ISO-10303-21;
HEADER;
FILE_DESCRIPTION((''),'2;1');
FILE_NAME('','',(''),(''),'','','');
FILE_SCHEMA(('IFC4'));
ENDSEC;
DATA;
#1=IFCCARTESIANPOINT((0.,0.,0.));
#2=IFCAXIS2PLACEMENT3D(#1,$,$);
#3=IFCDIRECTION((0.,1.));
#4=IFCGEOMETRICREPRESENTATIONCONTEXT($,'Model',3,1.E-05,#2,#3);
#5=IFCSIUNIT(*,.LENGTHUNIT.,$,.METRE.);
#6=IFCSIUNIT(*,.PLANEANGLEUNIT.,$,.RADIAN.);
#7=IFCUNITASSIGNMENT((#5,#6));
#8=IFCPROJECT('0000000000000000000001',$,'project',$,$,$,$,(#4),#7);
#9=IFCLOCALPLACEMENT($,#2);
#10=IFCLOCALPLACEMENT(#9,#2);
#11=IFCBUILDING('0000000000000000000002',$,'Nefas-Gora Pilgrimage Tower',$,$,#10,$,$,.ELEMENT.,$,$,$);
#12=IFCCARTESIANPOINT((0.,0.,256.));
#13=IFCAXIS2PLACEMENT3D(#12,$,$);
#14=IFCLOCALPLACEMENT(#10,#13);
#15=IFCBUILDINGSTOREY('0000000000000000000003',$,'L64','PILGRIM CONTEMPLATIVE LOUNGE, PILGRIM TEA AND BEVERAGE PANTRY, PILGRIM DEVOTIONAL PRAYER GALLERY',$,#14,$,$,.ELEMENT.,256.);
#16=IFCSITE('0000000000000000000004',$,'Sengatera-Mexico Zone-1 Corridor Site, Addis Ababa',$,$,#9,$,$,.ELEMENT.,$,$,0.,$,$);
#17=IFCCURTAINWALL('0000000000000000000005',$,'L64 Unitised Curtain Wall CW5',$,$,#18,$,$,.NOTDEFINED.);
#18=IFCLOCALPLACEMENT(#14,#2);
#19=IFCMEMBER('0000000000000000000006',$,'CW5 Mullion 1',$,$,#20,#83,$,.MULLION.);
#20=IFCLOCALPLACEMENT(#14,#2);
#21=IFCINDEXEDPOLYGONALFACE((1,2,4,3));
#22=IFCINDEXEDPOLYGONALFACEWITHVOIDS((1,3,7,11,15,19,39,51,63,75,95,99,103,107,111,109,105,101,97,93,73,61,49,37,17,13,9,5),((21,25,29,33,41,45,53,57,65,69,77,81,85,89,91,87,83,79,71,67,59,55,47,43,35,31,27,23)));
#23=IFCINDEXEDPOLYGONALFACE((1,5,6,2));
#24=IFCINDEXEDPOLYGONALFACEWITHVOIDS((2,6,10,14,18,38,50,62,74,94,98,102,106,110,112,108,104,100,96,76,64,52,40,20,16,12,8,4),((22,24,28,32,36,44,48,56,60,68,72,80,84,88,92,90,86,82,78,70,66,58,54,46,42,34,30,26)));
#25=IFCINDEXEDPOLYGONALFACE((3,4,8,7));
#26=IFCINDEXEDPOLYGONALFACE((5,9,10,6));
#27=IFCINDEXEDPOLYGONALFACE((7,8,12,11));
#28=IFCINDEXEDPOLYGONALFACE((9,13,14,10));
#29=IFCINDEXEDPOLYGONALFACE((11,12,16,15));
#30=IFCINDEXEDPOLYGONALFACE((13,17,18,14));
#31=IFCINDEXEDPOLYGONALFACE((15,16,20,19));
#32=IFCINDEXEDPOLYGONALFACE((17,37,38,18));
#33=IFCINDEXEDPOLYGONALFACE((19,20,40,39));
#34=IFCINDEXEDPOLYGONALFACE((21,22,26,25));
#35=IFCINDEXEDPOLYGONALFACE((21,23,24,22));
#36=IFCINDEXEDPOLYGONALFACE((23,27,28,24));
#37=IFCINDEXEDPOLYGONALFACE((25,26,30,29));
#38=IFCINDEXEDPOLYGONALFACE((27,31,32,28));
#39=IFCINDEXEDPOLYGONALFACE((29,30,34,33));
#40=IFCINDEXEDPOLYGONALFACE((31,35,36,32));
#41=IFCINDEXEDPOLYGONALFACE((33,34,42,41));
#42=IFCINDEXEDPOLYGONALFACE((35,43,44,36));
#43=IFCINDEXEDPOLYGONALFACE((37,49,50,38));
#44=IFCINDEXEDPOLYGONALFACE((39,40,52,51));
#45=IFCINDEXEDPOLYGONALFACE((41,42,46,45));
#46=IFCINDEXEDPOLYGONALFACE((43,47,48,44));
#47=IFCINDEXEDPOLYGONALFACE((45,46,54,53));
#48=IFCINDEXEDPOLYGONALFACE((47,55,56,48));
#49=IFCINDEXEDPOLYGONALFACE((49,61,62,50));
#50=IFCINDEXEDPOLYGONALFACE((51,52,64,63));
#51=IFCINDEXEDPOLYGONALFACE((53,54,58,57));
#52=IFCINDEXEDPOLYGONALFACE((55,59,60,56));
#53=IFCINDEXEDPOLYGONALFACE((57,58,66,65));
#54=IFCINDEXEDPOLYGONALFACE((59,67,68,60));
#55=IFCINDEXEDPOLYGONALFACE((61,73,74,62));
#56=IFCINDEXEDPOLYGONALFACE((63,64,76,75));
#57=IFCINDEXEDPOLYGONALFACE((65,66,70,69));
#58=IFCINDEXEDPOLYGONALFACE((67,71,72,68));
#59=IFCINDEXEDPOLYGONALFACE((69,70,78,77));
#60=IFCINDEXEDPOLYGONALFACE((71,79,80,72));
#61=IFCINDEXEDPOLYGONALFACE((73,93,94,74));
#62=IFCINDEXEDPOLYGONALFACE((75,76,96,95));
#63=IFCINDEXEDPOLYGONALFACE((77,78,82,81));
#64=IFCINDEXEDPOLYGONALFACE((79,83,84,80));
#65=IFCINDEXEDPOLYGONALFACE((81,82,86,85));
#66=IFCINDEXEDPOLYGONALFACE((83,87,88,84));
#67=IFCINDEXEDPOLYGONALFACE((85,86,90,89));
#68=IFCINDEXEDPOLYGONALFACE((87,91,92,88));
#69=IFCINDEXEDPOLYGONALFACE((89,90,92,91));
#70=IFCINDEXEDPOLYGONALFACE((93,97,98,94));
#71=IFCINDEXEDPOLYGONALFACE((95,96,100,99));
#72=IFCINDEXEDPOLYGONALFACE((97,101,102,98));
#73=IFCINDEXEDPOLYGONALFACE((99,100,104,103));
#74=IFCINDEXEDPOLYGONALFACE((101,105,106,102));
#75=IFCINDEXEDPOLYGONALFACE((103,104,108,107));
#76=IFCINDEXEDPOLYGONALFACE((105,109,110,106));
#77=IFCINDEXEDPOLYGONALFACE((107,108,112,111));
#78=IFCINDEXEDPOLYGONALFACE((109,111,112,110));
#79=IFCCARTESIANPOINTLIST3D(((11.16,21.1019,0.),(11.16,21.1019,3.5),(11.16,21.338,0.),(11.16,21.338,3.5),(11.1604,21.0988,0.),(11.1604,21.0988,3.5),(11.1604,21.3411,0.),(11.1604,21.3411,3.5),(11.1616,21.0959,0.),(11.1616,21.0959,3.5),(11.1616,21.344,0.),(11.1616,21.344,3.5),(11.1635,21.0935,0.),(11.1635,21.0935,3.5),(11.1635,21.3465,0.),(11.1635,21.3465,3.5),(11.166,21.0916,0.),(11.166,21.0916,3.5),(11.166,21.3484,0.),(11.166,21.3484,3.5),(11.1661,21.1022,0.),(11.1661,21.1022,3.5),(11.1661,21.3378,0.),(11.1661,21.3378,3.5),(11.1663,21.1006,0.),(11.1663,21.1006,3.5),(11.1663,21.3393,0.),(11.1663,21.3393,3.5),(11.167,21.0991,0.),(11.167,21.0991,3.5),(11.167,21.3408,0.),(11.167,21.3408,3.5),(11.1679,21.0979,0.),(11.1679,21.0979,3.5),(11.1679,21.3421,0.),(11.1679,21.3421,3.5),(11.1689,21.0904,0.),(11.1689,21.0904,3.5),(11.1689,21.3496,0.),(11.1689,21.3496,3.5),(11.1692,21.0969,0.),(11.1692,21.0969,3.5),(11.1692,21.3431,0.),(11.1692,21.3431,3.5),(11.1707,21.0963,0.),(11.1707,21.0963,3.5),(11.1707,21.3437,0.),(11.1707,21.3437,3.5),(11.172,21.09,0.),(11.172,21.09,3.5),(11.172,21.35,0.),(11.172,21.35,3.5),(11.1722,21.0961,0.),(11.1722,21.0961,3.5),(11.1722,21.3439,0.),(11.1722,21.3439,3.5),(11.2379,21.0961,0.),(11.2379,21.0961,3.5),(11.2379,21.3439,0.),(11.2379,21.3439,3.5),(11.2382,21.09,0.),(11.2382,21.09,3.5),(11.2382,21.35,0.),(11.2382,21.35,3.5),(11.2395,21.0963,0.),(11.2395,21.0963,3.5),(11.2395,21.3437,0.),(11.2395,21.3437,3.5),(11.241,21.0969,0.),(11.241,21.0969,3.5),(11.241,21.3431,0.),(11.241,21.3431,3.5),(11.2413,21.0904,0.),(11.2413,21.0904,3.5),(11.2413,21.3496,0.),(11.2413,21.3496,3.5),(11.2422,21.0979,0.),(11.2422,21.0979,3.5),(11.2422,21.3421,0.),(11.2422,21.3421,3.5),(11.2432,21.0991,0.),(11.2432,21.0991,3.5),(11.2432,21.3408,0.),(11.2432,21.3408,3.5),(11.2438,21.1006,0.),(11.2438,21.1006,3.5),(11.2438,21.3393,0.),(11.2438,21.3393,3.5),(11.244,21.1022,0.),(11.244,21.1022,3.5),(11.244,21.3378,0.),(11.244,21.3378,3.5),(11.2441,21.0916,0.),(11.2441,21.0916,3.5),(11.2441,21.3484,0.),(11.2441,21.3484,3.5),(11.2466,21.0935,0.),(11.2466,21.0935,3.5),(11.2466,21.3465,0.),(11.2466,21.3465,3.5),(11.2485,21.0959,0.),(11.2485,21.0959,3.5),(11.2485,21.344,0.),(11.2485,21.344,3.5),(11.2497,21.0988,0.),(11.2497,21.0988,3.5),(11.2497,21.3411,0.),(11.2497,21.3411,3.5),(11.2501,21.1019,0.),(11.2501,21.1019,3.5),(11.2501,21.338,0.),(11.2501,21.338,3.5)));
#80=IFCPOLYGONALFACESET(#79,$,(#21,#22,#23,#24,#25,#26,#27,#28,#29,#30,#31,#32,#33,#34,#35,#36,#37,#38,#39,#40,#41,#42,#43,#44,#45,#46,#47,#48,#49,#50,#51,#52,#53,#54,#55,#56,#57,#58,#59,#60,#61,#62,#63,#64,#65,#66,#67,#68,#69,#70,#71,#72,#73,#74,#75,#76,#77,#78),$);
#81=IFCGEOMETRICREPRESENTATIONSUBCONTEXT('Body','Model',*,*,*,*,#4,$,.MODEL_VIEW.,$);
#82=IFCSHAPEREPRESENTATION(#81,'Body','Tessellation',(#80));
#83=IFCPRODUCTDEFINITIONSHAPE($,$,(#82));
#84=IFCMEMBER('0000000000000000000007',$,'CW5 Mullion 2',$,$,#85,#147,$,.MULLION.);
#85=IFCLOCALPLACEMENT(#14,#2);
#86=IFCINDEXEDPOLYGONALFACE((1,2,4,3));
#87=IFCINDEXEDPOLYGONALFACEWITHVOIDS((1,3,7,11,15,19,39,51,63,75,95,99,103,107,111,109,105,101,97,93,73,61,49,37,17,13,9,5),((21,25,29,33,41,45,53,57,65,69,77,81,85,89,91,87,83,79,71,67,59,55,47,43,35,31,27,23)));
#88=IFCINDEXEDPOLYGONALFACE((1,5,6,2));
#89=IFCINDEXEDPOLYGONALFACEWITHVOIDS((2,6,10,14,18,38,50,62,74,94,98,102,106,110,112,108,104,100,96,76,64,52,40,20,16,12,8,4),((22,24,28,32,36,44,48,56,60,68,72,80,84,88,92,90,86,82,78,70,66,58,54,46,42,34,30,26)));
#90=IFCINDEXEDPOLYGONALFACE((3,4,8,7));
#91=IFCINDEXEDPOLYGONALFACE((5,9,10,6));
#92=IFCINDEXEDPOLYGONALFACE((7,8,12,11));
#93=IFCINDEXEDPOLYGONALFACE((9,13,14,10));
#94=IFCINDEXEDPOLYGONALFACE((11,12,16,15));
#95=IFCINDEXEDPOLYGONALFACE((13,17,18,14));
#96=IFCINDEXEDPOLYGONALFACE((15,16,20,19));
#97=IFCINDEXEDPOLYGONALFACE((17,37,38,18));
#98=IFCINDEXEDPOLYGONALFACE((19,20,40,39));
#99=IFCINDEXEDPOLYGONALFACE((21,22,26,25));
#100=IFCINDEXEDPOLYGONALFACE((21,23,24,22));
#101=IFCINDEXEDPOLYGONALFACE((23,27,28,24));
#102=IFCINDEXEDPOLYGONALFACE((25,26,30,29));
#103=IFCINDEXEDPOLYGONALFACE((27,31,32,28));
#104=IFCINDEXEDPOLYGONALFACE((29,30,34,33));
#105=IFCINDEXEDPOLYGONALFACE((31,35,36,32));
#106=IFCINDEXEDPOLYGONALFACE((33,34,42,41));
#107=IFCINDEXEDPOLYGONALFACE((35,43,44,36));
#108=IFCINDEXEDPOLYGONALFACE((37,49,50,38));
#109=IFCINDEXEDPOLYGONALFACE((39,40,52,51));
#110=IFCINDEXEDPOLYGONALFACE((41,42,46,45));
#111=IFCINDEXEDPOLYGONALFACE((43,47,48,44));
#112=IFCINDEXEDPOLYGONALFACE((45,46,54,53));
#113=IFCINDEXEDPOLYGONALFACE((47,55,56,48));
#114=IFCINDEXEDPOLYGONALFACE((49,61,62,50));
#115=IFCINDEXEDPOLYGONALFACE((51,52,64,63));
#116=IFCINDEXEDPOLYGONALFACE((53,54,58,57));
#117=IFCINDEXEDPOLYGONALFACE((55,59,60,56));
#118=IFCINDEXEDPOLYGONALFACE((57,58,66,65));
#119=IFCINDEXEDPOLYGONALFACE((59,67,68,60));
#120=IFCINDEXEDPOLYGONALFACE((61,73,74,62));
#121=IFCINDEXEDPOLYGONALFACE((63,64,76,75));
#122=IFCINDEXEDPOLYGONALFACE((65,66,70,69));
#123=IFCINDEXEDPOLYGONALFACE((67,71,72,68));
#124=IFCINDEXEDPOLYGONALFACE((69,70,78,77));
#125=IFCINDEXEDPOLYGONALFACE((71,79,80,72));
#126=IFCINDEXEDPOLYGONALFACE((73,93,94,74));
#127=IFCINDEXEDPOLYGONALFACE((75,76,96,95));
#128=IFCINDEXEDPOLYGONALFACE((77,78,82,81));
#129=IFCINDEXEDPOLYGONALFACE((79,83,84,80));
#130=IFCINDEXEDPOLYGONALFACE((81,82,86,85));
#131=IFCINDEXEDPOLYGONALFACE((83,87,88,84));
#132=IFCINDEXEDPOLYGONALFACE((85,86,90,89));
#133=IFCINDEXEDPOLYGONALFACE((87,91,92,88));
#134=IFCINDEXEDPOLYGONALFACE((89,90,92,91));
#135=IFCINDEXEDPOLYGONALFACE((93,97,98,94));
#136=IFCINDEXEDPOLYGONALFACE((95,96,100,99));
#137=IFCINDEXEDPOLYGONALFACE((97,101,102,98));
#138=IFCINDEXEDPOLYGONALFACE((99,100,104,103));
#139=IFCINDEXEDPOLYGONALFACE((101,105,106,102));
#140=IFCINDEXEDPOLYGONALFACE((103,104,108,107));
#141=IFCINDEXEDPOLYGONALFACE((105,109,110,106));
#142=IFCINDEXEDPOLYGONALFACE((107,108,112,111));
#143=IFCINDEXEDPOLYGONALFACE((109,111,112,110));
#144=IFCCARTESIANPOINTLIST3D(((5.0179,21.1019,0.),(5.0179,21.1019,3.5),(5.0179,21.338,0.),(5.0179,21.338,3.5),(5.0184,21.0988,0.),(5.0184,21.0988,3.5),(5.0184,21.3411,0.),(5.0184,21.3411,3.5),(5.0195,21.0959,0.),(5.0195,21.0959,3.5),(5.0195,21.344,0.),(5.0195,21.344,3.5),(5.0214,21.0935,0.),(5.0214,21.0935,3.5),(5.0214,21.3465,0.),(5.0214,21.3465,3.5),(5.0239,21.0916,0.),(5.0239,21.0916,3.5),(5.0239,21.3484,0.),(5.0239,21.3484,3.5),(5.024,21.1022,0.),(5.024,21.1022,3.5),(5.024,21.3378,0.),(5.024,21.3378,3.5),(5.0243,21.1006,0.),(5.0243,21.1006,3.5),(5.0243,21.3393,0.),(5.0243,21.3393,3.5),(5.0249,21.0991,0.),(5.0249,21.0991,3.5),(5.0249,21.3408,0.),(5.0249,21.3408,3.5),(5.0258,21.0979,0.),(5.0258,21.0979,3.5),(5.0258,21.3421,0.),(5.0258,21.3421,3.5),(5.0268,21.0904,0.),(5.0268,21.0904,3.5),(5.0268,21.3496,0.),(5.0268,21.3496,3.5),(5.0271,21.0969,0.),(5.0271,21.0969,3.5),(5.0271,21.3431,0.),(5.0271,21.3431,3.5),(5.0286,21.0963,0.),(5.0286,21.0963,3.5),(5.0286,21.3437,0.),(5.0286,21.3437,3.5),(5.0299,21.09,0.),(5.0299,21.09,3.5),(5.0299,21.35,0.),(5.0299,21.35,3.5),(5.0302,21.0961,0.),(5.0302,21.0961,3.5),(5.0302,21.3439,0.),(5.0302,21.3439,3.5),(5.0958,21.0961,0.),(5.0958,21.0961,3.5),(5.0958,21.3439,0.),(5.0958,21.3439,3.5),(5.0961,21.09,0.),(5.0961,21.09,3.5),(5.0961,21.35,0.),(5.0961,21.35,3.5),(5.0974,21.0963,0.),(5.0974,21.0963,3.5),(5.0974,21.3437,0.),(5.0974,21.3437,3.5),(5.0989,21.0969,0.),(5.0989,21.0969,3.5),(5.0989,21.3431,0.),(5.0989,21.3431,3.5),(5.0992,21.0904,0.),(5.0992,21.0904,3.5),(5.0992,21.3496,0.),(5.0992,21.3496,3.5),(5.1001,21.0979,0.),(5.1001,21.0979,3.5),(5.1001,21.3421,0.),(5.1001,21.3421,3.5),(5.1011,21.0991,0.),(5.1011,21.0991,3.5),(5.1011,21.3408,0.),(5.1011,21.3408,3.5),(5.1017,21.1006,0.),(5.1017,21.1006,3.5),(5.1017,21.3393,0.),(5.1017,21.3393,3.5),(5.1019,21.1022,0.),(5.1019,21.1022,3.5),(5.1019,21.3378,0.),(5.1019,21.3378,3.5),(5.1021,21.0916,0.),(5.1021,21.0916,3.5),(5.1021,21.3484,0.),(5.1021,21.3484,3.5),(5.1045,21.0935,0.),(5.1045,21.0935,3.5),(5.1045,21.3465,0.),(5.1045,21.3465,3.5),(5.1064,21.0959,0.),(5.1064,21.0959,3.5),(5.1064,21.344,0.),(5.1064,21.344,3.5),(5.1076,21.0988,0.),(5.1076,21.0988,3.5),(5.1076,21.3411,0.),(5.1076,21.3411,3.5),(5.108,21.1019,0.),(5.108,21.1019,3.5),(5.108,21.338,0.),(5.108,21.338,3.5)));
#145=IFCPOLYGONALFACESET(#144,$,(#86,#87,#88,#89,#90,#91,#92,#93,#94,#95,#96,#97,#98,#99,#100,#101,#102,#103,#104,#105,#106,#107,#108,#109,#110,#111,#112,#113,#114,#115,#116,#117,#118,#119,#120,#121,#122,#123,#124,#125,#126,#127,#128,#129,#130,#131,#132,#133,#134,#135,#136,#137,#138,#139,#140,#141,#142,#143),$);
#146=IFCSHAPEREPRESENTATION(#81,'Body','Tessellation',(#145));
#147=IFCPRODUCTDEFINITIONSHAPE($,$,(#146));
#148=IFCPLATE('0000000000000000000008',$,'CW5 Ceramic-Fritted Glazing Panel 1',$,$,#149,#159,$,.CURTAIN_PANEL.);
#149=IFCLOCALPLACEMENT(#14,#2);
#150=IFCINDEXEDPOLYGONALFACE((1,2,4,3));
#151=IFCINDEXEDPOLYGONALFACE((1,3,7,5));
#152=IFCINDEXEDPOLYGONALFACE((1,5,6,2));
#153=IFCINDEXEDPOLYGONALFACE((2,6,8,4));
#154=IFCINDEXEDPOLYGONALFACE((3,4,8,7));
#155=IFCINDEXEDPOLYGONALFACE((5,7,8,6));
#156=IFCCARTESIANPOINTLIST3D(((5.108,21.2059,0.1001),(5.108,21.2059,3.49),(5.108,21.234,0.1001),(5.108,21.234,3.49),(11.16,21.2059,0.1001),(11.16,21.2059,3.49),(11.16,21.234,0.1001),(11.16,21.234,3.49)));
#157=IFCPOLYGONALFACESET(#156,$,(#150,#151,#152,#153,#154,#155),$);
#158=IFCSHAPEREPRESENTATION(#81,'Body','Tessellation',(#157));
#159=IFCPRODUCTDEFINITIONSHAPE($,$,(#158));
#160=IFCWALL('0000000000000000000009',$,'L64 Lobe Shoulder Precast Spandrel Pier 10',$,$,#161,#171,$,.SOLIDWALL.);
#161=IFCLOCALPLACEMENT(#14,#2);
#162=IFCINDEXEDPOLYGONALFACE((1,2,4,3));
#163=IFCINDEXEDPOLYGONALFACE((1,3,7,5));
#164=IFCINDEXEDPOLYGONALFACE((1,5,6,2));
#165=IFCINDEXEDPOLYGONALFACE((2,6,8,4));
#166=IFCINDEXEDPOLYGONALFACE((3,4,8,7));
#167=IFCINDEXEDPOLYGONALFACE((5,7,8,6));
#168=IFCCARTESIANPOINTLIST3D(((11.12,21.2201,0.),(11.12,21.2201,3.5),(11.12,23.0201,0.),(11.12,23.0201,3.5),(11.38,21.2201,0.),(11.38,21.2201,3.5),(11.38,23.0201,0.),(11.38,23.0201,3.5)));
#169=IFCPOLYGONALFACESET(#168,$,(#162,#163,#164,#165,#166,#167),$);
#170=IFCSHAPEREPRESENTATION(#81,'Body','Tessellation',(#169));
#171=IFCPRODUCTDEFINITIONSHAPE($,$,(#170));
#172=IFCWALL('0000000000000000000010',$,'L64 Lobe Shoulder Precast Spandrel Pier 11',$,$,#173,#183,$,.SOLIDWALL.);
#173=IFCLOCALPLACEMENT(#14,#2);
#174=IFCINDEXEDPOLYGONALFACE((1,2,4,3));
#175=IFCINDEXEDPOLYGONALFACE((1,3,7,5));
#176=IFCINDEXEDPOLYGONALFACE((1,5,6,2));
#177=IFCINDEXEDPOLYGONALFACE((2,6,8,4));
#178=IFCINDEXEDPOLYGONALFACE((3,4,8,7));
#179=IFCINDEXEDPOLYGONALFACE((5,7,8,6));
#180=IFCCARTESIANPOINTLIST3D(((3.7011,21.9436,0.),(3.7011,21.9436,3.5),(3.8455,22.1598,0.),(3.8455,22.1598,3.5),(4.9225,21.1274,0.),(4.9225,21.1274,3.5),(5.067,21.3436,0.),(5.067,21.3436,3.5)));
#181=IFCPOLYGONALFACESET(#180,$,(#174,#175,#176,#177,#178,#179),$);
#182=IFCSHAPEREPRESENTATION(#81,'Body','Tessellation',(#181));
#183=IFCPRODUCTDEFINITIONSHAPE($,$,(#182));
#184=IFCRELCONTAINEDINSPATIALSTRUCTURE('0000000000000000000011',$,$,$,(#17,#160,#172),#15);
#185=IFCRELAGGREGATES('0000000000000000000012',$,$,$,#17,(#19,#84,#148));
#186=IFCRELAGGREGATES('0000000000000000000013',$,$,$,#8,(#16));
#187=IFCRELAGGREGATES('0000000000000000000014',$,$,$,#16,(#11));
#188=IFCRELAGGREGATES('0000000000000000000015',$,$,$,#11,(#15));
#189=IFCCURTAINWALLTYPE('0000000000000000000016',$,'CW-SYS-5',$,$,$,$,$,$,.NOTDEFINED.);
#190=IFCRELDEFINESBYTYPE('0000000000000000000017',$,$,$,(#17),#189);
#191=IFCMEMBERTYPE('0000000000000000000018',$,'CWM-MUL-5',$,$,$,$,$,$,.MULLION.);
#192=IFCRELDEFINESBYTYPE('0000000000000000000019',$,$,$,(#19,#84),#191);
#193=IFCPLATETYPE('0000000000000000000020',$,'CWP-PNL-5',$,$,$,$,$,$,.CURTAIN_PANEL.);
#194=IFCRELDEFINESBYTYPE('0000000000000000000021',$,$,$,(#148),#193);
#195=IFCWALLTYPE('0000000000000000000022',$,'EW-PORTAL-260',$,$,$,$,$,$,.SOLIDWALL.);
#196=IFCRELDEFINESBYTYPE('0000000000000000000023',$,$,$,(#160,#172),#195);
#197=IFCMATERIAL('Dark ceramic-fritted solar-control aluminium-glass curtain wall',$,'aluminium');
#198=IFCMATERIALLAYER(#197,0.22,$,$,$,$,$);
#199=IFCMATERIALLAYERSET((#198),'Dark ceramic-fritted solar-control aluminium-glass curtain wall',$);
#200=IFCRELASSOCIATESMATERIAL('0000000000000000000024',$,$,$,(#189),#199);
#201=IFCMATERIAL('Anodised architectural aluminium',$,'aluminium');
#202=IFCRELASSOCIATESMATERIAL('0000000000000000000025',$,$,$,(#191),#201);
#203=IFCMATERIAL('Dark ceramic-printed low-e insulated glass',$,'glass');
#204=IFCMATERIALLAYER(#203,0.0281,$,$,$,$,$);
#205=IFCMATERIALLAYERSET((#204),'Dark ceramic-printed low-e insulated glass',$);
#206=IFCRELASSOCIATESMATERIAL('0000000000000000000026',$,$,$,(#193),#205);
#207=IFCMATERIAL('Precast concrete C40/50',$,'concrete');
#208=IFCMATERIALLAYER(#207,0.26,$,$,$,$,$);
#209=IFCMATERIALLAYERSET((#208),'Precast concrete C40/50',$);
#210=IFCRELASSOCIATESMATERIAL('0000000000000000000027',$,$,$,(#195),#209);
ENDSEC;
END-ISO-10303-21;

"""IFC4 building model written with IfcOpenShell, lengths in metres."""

from ifc_helpers import new_model, si_unit, direction, frame, frame_2d, origin, origin_2d, place, context, subcontext, project, spatial, rectangle, hollow_rectangle, extrude, source, transform, mapped, material, layer, layer_set, material_profile, profile_set, type_object, element, aggregate, save


model = new_model("IFC4")

# Units and contexts
model_context = context("Model", 3, precision=1e-05, world=origin(), true_north=direction((0.0, 1.0)))
body_context = subcontext(model_context, "Body", "Model", "MODEL_VIEW")
ifc_project = project(units=[si_unit("LENGTHUNIT", "METRE"), si_unit("PLANEANGLEUNIT", "RADIAN")], contexts=[model_context])

# Site, building, storey
site_placement = place(None, origin())
site = spatial("IfcSite", under=ifc_project, at=site_placement, Name="Sengatera-Mexico Zone-1 Corridor Site, Addis Ababa", CompositionType="ELEMENT", RefElevation=0.0)
building_placement = place(site_placement, origin())
building = spatial("IfcBuilding", under=site, at=building_placement, Name="Nefas-Gora Pilgrimage Tower", CompositionType="ELEMENT")
storey_placement = place(building_placement, frame((0.0, 0.0, 256.0)))
storey = spatial("IfcBuildingStorey", under=building, at=storey_placement, Name="L64", Description="PILGRIM CONTEMPLATIVE LOUNGE, PILGRIM TEA AND BEVERAGE PANTRY, PILGRIM DEVOTIONAL PRAYER GALLERY", CompositionType="ELEMENT", Elevation=256.0)

# Curtain wall, members, plate
ifc_material_1 = material(Name="Dark ceramic-fritted solar-control aluminium-glass curtain wall", Category="aluminium")
ifc_layer_1 = layer(ifc_material_1, 0.22)
ifc_layer_set_1 = layer_set([ifc_layer_1], Name="Dark ceramic-fritted solar-control aluminium-glass curtain wall")
curtain_wall_type = type_object("IfcCurtainWallType", Name="CW-SYS-5", PredefinedType="NOTDEFINED", material=ifc_layer_set_1)
curtain_wall_placement = place(storey_placement, origin())
curtain_wall = element("IfcCurtainWall", 1, at=curtain_wall_placement, inside=storey, type_object=curtain_wall_type, Name="L64 Unitised Curtain Wall CW5", PredefinedType="NOTDEFINED")
ifc_material_2 = material(Name="Anodised architectural aluminium", Category="aluminium")
ifc_material_profile_1 = material_profile(ifc_material_2, hollow_rectangle(XDim=0.0901, YDim=0.26, WallThickness=0.0061, InnerFilletRadius=0.0061, OuterFilletRadius=0.012, at=origin_2d()), Name="ALU MULLION 90x260")
ifc_profile_set_1 = profile_set([ifc_material_profile_1], Name="Anodised architectural aluminium")
member_type_1 = type_object("IfcMemberType", Name="CWM-MUL-5", PredefinedType="MULLION", material=ifc_profile_set_1)
shared_shape_1 = source(origin(), body_context, "Body", "SweptSolid", [
    extrude(hollow_rectangle(XDim=0.0901, YDim=0.26, WallThickness=0.0061, InnerFilletRadius=0.0061, OuterFilletRadius=0.012, at=origin_2d()), origin(), (0.0, 0.0, 1.0), 3.5),
])
member_1_placement = place(storey_placement, frame((11.2051, 21.22, 0.0), z_axis=(0.0, 0.0, 1.0), x_axis=(-1.0, 0.0, 0.0)))
member_1 = element("IfcMember", 2, at=member_1_placement, type_object=member_type_1, Name="CW5 Mullion 1", PredefinedType="MULLION", context=body_context, shape_type="MappedRepresentation", body=[
    mapped(shared_shape_1, transform((0.0, 0.0, 0.0), x_axis=(1.0, 0.0, 0.0), y_axis=(0.0, 1.0, 0.0), z_axis=(0.0, 0.0, 1.0), scale=1.0)),
])
member_2_placement = place(storey_placement, frame((5.063, 21.22, 0.0), z_axis=(0.0, 0.0, 1.0), x_axis=(-1.0, 0.0, 0.0)))
member_2 = element("IfcMember", 3, at=member_2_placement, type_object=member_type_1, Name="CW5 Mullion 2", PredefinedType="MULLION", context=body_context, shape_type="MappedRepresentation", body=[
    mapped(shared_shape_1, transform((0.0, 0.0, 0.0), x_axis=(1.0, 0.0, 0.0), y_axis=(0.0, 1.0, 0.0), z_axis=(0.0, 0.0, 1.0), scale=1.0)),
])
ifc_material_3 = material(Name="Dark ceramic-printed low-e insulated glass", Category="glass")
ifc_layer_2 = layer(ifc_material_3, 0.0281)
ifc_layer_set_2 = layer_set([ifc_layer_2], Name="Dark ceramic-printed low-e insulated glass")
plate_type = type_object("IfcPlateType", Name="CWP-PNL-5", PredefinedType="CURTAIN_PANEL", material=ifc_layer_set_2)
shared_shape_2 = source(origin(), body_context, "Body", "SweptSolid", [
    extrude(rectangle(XDim=6.052, YDim=0.0281, at=origin_2d()), origin(), (0.0, 0.0, 1.0), 3.3899),
])
plate_placement = place(storey_placement, frame((8.134, 21.22, 0.1001), z_axis=(0.0, 0.0, 1.0), x_axis=(-1.0, 0.0, 0.0)))
plate = element("IfcPlate", 4, at=plate_placement, type_object=plate_type, Name="CW5 Ceramic-Fritted Glazing Panel 1", PredefinedType="CURTAIN_PANEL", context=body_context, shape_type="MappedRepresentation", body=[
    mapped(shared_shape_2, transform((0.0, 0.0, 0.0), x_axis=(1.0, 0.0, 0.0), y_axis=(0.0, 1.0, 0.0), z_axis=(0.0, 0.0, 1.0), scale=1.0)),
])
aggregate(curtain_wall, [member_1, member_2, plate])

# Walls
ifc_material_4 = material(Name="Precast concrete C40/50", Category="concrete")
ifc_layer_3 = layer(ifc_material_4, 0.26)
ifc_layer_set_3 = layer_set([ifc_layer_3], Name="Precast concrete C40/50")
wall_type_1 = type_object("IfcWallType", Name="EW-PORTAL-260", PredefinedType="SOLIDWALL", material=ifc_layer_set_3)
shared_shape_3 = source(origin(), body_context, "Body", "SweptSolid", [
    extrude(rectangle(XDim=1.8, YDim=0.26, at=frame_2d((0.8999, 0.0))), origin(), (0.0, 0.0, 1.0), 3.5),
])
wall_1_placement = place(storey_placement, frame((11.25, 23.02, 0.0), z_axis=(0.0, 0.0, 1.0), x_axis=(0.0, -1.0, 0.0)))
element("IfcWall", 5, at=wall_1_placement, inside=storey, type_object=wall_type_1, Name="L64 Lobe Shoulder Precast Spandrel Pier 10", PredefinedType="SOLIDWALL", context=body_context, shape_type="MappedRepresentation", body=[
    mapped(shared_shape_3, transform((0.0, 0.0, 0.0), x_axis=(1.0, 0.0, 0.0), y_axis=(0.0, 1.0, 0.0), z_axis=(0.0, 0.0, 1.0), scale=1.0)),
])
shared_shape_4 = source(origin(), body_context, "Body", "SweptSolid", [
    extrude(rectangle(XDim=1.469, YDim=0.26, at=frame_2d((0.7344, 0.0))), origin(), (0.0, 0.0, 1.0), 3.5),
])
wall_2_placement = place(storey_placement, frame((4.9946, 21.2356, 0.0), z_axis=(0.0, 0.0, 1.0), x_axis=(-0.831462, 0.555582, 0.0)))
element("IfcWall", 6, at=wall_2_placement, inside=storey, type_object=wall_type_1, Name="L64 Lobe Shoulder Precast Spandrel Pier 11", PredefinedType="SOLIDWALL", context=body_context, shape_type="MappedRepresentation", body=[
    mapped(shared_shape_4, transform((0.0, 0.0, 0.0), x_axis=(1.0, 0.0, 0.0), y_axis=(0.0, 1.0, 0.0), z_axis=(0.0, 0.0, 1.0), scale=1.0)),
])

save(model, "model.ifc")
